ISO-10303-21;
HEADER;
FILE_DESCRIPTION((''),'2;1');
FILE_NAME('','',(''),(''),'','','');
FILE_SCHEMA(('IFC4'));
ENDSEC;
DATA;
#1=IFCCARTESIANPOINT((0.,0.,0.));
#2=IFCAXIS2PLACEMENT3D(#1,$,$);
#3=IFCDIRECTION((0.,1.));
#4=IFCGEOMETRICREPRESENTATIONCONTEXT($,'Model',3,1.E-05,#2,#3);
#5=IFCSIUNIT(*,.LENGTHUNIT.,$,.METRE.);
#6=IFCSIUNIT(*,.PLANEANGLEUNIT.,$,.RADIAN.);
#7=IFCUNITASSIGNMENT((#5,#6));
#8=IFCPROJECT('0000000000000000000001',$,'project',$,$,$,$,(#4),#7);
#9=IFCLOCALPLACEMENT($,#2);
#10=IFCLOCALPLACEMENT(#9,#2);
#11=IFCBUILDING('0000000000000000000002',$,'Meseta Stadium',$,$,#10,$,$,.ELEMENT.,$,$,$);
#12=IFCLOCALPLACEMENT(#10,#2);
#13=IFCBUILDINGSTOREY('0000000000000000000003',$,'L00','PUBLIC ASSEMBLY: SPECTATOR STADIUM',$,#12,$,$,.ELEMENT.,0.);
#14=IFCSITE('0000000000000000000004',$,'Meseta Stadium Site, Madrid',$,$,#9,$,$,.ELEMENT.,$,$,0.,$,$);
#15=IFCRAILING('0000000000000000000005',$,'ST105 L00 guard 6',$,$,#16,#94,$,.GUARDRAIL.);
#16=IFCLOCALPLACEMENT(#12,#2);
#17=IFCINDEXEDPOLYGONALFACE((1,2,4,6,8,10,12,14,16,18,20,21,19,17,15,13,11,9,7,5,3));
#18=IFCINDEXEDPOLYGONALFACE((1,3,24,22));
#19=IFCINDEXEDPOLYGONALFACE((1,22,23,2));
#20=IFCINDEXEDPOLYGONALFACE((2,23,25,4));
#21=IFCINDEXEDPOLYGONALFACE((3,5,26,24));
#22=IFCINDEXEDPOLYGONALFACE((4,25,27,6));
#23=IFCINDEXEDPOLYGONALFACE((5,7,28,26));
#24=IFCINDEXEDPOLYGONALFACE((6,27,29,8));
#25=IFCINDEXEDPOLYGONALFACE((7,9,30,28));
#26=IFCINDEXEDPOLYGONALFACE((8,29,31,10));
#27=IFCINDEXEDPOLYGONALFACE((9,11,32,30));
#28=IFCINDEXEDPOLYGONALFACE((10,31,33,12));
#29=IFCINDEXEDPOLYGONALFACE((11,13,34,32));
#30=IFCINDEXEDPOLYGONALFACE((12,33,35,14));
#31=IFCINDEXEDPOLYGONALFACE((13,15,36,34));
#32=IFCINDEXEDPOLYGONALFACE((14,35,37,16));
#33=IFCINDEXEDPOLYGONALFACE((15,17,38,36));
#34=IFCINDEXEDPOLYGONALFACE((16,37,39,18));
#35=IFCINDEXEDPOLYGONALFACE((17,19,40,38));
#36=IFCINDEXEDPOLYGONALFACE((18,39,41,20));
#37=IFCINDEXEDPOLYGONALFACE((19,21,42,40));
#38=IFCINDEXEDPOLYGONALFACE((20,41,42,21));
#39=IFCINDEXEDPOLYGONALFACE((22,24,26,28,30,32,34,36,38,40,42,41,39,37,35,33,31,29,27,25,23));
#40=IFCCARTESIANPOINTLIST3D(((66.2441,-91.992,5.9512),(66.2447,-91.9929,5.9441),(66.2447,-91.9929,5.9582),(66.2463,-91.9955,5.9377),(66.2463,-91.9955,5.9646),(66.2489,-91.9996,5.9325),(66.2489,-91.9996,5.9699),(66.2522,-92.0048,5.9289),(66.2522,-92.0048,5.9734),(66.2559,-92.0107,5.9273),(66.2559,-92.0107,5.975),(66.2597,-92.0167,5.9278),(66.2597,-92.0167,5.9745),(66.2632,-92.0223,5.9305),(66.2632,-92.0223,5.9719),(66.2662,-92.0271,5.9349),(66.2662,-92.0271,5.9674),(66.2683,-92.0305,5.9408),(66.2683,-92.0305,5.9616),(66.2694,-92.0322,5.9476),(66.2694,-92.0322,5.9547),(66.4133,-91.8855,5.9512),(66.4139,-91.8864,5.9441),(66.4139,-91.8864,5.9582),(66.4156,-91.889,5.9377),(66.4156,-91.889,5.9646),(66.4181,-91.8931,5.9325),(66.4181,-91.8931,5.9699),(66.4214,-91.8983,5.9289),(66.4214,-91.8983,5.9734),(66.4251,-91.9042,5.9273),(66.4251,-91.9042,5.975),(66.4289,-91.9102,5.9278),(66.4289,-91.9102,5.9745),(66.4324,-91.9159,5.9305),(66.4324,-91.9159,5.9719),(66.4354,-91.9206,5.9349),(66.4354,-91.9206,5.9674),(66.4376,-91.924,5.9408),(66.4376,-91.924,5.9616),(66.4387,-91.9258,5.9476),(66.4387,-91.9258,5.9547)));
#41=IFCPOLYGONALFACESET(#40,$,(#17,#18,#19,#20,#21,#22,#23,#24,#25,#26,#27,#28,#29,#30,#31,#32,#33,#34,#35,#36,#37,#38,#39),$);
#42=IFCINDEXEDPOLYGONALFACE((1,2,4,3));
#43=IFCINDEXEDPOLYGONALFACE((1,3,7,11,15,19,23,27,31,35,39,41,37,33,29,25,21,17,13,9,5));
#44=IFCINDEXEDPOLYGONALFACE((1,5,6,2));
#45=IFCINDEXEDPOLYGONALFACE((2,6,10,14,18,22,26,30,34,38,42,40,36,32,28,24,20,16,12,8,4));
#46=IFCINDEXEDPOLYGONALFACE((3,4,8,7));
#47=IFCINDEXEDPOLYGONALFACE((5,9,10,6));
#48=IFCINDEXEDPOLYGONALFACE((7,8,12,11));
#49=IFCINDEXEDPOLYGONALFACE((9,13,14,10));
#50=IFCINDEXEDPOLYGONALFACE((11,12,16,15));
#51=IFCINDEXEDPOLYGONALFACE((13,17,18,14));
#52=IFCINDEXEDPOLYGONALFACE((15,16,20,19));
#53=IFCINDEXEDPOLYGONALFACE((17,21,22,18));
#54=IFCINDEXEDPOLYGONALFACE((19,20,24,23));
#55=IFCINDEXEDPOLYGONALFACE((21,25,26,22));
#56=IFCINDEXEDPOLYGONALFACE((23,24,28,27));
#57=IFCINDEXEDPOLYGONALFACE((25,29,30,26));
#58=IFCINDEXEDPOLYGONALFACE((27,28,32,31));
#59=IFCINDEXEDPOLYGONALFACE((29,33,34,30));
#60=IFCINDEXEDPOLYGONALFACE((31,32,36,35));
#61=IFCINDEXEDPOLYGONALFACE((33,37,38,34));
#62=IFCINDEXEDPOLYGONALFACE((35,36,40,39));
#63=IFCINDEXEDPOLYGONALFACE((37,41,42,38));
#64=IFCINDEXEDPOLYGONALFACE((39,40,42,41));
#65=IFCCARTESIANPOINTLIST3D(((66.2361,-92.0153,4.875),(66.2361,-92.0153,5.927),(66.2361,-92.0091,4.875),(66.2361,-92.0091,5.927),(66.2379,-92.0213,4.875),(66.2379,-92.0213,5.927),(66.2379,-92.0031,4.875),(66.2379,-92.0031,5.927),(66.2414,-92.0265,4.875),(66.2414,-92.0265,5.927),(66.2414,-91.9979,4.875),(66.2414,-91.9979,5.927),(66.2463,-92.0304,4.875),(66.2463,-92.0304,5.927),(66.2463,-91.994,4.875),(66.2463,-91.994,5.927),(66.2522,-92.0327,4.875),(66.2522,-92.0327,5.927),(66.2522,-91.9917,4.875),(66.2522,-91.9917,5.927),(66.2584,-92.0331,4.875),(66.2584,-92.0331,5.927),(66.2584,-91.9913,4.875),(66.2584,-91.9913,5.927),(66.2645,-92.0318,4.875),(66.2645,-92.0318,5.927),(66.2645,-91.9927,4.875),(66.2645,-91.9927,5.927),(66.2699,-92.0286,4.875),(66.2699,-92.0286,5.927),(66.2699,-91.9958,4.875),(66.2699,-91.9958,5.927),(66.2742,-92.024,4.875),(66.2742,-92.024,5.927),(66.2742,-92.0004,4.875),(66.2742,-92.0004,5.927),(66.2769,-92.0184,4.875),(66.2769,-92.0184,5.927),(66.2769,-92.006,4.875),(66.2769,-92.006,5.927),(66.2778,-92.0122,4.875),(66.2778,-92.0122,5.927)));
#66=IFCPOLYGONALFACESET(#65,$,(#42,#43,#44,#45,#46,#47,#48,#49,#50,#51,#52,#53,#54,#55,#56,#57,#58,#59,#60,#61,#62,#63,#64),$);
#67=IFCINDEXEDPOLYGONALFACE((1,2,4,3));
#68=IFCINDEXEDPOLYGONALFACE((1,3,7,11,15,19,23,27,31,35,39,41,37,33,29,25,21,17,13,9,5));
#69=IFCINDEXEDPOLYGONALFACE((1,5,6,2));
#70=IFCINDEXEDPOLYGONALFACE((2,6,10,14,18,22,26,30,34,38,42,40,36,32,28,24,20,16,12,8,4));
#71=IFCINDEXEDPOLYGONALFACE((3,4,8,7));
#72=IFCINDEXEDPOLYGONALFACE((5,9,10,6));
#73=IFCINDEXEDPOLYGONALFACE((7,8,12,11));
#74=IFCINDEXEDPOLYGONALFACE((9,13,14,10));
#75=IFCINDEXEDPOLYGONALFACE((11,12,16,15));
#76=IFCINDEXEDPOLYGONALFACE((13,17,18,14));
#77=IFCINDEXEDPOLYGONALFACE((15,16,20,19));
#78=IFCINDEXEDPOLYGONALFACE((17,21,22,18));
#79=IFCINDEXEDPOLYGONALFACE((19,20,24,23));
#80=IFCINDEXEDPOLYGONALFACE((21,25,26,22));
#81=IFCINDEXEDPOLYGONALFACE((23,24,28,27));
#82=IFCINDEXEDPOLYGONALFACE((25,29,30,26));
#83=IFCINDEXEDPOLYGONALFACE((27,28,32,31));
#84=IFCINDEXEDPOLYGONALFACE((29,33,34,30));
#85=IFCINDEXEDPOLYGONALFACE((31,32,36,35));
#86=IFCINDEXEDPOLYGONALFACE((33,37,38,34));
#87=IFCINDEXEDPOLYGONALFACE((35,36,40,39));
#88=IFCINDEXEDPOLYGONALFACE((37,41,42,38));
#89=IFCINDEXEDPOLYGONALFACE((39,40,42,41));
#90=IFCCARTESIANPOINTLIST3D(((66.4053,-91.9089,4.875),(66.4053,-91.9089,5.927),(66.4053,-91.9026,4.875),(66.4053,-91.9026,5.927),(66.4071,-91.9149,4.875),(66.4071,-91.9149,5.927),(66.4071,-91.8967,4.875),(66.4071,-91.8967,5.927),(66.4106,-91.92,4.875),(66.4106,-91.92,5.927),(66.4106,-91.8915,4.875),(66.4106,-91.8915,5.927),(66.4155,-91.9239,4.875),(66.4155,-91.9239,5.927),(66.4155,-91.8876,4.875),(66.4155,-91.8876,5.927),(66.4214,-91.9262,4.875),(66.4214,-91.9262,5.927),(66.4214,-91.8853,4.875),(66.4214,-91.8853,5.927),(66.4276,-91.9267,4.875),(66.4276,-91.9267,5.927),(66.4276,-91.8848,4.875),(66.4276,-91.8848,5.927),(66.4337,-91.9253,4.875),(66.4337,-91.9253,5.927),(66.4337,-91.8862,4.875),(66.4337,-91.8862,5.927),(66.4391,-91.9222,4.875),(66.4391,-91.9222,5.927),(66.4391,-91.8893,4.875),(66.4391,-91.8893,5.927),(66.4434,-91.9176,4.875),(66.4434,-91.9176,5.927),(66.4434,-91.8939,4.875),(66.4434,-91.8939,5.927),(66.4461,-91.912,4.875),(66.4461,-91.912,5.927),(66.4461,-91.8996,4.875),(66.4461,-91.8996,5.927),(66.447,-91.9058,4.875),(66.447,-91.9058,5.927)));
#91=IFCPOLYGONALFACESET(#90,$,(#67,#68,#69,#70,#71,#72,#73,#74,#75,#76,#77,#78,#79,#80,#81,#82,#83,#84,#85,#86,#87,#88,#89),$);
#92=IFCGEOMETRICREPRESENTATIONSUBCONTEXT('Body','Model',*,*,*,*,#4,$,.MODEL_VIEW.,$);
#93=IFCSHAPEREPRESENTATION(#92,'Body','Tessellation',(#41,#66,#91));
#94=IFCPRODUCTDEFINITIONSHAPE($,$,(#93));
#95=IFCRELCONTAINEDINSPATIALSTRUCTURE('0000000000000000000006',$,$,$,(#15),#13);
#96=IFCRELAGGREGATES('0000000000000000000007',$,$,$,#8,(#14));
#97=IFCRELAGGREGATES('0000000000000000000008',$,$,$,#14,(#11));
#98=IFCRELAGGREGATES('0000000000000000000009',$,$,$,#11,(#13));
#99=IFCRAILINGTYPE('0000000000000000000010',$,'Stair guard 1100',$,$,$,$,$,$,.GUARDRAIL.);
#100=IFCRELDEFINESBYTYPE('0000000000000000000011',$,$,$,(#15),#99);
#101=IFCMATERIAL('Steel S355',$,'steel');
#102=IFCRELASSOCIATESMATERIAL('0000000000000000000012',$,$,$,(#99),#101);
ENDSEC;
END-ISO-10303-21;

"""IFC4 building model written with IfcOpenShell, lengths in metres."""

from ifc_helpers import new_model, si_unit, direction, frame, origin, origin_2d, place, context, subcontext, project, spatial, circle, extrude, material, type_object, element, save


model = new_model("IFC4")

# Units and contexts
model_context = context("Model", 3, precision=1e-05, world=origin(), true_north=direction((0.0, 1.0)))
body_context = subcontext(model_context, "Body", "Model", "MODEL_VIEW")
ifc_project = project(units=[si_unit("LENGTHUNIT", "METRE"), si_unit("PLANEANGLEUNIT", "RADIAN")], contexts=[model_context])

# Site, building, storey
site_placement = place(None, origin())
site = spatial("IfcSite", under=ifc_project, at=site_placement, Name="Meseta Stadium Site, Madrid", CompositionType="ELEMENT", RefElevation=0.0)
building_placement = place(site_placement, origin())
building = spatial("IfcBuilding", under=site, at=building_placement, Name="Meseta Stadium", CompositionType="ELEMENT")
storey_placement = place(building_placement, origin())
storey = spatial("IfcBuildingStorey", under=building, at=storey_placement, Name="L00", Description="PUBLIC ASSEMBLY: SPECTATOR STADIUM", CompositionType="ELEMENT", Elevation=0.0)

# Railing
ifc_material_1 = material(Name="Steel S355", Category="steel")
railing_type_1 = type_object("IfcRailingType", Name="Stair guard 1100", PredefinedType="GUARDRAIL", material=ifc_material_1)
railing_1_placement = place(storey_placement, frame((66.2568, -92.0122, 4.875)))
element("IfcRailing", 1, at=railing_1_placement, inside=storey, type_object=railing_type_1, Name="ST105 L00 guard 6", PredefinedType="GUARDRAIL", context=body_context, shape_type="SweptSolid", body=[
    extrude(circle(Radius=0.0239, at=origin_2d()), frame((0.0, 0.0, 1.0762), z_axis=(0.846416, 0.532522, 0.0), x_axis=(-0.532522, 0.846416, 0.0)), (0.0, 0.0, 1.0), 0.2),
    extrude(circle(Radius=0.021, at=origin_2d()), origin(), (0.0, 0.0, 1.0), 1.052),
    extrude(circle(Radius=0.021, at=origin_2d()), frame((0.1692, 0.1064, 0.0)), (0.0, 0.0, 1.0), 1.052),
])

save(model, "model.ifc")
